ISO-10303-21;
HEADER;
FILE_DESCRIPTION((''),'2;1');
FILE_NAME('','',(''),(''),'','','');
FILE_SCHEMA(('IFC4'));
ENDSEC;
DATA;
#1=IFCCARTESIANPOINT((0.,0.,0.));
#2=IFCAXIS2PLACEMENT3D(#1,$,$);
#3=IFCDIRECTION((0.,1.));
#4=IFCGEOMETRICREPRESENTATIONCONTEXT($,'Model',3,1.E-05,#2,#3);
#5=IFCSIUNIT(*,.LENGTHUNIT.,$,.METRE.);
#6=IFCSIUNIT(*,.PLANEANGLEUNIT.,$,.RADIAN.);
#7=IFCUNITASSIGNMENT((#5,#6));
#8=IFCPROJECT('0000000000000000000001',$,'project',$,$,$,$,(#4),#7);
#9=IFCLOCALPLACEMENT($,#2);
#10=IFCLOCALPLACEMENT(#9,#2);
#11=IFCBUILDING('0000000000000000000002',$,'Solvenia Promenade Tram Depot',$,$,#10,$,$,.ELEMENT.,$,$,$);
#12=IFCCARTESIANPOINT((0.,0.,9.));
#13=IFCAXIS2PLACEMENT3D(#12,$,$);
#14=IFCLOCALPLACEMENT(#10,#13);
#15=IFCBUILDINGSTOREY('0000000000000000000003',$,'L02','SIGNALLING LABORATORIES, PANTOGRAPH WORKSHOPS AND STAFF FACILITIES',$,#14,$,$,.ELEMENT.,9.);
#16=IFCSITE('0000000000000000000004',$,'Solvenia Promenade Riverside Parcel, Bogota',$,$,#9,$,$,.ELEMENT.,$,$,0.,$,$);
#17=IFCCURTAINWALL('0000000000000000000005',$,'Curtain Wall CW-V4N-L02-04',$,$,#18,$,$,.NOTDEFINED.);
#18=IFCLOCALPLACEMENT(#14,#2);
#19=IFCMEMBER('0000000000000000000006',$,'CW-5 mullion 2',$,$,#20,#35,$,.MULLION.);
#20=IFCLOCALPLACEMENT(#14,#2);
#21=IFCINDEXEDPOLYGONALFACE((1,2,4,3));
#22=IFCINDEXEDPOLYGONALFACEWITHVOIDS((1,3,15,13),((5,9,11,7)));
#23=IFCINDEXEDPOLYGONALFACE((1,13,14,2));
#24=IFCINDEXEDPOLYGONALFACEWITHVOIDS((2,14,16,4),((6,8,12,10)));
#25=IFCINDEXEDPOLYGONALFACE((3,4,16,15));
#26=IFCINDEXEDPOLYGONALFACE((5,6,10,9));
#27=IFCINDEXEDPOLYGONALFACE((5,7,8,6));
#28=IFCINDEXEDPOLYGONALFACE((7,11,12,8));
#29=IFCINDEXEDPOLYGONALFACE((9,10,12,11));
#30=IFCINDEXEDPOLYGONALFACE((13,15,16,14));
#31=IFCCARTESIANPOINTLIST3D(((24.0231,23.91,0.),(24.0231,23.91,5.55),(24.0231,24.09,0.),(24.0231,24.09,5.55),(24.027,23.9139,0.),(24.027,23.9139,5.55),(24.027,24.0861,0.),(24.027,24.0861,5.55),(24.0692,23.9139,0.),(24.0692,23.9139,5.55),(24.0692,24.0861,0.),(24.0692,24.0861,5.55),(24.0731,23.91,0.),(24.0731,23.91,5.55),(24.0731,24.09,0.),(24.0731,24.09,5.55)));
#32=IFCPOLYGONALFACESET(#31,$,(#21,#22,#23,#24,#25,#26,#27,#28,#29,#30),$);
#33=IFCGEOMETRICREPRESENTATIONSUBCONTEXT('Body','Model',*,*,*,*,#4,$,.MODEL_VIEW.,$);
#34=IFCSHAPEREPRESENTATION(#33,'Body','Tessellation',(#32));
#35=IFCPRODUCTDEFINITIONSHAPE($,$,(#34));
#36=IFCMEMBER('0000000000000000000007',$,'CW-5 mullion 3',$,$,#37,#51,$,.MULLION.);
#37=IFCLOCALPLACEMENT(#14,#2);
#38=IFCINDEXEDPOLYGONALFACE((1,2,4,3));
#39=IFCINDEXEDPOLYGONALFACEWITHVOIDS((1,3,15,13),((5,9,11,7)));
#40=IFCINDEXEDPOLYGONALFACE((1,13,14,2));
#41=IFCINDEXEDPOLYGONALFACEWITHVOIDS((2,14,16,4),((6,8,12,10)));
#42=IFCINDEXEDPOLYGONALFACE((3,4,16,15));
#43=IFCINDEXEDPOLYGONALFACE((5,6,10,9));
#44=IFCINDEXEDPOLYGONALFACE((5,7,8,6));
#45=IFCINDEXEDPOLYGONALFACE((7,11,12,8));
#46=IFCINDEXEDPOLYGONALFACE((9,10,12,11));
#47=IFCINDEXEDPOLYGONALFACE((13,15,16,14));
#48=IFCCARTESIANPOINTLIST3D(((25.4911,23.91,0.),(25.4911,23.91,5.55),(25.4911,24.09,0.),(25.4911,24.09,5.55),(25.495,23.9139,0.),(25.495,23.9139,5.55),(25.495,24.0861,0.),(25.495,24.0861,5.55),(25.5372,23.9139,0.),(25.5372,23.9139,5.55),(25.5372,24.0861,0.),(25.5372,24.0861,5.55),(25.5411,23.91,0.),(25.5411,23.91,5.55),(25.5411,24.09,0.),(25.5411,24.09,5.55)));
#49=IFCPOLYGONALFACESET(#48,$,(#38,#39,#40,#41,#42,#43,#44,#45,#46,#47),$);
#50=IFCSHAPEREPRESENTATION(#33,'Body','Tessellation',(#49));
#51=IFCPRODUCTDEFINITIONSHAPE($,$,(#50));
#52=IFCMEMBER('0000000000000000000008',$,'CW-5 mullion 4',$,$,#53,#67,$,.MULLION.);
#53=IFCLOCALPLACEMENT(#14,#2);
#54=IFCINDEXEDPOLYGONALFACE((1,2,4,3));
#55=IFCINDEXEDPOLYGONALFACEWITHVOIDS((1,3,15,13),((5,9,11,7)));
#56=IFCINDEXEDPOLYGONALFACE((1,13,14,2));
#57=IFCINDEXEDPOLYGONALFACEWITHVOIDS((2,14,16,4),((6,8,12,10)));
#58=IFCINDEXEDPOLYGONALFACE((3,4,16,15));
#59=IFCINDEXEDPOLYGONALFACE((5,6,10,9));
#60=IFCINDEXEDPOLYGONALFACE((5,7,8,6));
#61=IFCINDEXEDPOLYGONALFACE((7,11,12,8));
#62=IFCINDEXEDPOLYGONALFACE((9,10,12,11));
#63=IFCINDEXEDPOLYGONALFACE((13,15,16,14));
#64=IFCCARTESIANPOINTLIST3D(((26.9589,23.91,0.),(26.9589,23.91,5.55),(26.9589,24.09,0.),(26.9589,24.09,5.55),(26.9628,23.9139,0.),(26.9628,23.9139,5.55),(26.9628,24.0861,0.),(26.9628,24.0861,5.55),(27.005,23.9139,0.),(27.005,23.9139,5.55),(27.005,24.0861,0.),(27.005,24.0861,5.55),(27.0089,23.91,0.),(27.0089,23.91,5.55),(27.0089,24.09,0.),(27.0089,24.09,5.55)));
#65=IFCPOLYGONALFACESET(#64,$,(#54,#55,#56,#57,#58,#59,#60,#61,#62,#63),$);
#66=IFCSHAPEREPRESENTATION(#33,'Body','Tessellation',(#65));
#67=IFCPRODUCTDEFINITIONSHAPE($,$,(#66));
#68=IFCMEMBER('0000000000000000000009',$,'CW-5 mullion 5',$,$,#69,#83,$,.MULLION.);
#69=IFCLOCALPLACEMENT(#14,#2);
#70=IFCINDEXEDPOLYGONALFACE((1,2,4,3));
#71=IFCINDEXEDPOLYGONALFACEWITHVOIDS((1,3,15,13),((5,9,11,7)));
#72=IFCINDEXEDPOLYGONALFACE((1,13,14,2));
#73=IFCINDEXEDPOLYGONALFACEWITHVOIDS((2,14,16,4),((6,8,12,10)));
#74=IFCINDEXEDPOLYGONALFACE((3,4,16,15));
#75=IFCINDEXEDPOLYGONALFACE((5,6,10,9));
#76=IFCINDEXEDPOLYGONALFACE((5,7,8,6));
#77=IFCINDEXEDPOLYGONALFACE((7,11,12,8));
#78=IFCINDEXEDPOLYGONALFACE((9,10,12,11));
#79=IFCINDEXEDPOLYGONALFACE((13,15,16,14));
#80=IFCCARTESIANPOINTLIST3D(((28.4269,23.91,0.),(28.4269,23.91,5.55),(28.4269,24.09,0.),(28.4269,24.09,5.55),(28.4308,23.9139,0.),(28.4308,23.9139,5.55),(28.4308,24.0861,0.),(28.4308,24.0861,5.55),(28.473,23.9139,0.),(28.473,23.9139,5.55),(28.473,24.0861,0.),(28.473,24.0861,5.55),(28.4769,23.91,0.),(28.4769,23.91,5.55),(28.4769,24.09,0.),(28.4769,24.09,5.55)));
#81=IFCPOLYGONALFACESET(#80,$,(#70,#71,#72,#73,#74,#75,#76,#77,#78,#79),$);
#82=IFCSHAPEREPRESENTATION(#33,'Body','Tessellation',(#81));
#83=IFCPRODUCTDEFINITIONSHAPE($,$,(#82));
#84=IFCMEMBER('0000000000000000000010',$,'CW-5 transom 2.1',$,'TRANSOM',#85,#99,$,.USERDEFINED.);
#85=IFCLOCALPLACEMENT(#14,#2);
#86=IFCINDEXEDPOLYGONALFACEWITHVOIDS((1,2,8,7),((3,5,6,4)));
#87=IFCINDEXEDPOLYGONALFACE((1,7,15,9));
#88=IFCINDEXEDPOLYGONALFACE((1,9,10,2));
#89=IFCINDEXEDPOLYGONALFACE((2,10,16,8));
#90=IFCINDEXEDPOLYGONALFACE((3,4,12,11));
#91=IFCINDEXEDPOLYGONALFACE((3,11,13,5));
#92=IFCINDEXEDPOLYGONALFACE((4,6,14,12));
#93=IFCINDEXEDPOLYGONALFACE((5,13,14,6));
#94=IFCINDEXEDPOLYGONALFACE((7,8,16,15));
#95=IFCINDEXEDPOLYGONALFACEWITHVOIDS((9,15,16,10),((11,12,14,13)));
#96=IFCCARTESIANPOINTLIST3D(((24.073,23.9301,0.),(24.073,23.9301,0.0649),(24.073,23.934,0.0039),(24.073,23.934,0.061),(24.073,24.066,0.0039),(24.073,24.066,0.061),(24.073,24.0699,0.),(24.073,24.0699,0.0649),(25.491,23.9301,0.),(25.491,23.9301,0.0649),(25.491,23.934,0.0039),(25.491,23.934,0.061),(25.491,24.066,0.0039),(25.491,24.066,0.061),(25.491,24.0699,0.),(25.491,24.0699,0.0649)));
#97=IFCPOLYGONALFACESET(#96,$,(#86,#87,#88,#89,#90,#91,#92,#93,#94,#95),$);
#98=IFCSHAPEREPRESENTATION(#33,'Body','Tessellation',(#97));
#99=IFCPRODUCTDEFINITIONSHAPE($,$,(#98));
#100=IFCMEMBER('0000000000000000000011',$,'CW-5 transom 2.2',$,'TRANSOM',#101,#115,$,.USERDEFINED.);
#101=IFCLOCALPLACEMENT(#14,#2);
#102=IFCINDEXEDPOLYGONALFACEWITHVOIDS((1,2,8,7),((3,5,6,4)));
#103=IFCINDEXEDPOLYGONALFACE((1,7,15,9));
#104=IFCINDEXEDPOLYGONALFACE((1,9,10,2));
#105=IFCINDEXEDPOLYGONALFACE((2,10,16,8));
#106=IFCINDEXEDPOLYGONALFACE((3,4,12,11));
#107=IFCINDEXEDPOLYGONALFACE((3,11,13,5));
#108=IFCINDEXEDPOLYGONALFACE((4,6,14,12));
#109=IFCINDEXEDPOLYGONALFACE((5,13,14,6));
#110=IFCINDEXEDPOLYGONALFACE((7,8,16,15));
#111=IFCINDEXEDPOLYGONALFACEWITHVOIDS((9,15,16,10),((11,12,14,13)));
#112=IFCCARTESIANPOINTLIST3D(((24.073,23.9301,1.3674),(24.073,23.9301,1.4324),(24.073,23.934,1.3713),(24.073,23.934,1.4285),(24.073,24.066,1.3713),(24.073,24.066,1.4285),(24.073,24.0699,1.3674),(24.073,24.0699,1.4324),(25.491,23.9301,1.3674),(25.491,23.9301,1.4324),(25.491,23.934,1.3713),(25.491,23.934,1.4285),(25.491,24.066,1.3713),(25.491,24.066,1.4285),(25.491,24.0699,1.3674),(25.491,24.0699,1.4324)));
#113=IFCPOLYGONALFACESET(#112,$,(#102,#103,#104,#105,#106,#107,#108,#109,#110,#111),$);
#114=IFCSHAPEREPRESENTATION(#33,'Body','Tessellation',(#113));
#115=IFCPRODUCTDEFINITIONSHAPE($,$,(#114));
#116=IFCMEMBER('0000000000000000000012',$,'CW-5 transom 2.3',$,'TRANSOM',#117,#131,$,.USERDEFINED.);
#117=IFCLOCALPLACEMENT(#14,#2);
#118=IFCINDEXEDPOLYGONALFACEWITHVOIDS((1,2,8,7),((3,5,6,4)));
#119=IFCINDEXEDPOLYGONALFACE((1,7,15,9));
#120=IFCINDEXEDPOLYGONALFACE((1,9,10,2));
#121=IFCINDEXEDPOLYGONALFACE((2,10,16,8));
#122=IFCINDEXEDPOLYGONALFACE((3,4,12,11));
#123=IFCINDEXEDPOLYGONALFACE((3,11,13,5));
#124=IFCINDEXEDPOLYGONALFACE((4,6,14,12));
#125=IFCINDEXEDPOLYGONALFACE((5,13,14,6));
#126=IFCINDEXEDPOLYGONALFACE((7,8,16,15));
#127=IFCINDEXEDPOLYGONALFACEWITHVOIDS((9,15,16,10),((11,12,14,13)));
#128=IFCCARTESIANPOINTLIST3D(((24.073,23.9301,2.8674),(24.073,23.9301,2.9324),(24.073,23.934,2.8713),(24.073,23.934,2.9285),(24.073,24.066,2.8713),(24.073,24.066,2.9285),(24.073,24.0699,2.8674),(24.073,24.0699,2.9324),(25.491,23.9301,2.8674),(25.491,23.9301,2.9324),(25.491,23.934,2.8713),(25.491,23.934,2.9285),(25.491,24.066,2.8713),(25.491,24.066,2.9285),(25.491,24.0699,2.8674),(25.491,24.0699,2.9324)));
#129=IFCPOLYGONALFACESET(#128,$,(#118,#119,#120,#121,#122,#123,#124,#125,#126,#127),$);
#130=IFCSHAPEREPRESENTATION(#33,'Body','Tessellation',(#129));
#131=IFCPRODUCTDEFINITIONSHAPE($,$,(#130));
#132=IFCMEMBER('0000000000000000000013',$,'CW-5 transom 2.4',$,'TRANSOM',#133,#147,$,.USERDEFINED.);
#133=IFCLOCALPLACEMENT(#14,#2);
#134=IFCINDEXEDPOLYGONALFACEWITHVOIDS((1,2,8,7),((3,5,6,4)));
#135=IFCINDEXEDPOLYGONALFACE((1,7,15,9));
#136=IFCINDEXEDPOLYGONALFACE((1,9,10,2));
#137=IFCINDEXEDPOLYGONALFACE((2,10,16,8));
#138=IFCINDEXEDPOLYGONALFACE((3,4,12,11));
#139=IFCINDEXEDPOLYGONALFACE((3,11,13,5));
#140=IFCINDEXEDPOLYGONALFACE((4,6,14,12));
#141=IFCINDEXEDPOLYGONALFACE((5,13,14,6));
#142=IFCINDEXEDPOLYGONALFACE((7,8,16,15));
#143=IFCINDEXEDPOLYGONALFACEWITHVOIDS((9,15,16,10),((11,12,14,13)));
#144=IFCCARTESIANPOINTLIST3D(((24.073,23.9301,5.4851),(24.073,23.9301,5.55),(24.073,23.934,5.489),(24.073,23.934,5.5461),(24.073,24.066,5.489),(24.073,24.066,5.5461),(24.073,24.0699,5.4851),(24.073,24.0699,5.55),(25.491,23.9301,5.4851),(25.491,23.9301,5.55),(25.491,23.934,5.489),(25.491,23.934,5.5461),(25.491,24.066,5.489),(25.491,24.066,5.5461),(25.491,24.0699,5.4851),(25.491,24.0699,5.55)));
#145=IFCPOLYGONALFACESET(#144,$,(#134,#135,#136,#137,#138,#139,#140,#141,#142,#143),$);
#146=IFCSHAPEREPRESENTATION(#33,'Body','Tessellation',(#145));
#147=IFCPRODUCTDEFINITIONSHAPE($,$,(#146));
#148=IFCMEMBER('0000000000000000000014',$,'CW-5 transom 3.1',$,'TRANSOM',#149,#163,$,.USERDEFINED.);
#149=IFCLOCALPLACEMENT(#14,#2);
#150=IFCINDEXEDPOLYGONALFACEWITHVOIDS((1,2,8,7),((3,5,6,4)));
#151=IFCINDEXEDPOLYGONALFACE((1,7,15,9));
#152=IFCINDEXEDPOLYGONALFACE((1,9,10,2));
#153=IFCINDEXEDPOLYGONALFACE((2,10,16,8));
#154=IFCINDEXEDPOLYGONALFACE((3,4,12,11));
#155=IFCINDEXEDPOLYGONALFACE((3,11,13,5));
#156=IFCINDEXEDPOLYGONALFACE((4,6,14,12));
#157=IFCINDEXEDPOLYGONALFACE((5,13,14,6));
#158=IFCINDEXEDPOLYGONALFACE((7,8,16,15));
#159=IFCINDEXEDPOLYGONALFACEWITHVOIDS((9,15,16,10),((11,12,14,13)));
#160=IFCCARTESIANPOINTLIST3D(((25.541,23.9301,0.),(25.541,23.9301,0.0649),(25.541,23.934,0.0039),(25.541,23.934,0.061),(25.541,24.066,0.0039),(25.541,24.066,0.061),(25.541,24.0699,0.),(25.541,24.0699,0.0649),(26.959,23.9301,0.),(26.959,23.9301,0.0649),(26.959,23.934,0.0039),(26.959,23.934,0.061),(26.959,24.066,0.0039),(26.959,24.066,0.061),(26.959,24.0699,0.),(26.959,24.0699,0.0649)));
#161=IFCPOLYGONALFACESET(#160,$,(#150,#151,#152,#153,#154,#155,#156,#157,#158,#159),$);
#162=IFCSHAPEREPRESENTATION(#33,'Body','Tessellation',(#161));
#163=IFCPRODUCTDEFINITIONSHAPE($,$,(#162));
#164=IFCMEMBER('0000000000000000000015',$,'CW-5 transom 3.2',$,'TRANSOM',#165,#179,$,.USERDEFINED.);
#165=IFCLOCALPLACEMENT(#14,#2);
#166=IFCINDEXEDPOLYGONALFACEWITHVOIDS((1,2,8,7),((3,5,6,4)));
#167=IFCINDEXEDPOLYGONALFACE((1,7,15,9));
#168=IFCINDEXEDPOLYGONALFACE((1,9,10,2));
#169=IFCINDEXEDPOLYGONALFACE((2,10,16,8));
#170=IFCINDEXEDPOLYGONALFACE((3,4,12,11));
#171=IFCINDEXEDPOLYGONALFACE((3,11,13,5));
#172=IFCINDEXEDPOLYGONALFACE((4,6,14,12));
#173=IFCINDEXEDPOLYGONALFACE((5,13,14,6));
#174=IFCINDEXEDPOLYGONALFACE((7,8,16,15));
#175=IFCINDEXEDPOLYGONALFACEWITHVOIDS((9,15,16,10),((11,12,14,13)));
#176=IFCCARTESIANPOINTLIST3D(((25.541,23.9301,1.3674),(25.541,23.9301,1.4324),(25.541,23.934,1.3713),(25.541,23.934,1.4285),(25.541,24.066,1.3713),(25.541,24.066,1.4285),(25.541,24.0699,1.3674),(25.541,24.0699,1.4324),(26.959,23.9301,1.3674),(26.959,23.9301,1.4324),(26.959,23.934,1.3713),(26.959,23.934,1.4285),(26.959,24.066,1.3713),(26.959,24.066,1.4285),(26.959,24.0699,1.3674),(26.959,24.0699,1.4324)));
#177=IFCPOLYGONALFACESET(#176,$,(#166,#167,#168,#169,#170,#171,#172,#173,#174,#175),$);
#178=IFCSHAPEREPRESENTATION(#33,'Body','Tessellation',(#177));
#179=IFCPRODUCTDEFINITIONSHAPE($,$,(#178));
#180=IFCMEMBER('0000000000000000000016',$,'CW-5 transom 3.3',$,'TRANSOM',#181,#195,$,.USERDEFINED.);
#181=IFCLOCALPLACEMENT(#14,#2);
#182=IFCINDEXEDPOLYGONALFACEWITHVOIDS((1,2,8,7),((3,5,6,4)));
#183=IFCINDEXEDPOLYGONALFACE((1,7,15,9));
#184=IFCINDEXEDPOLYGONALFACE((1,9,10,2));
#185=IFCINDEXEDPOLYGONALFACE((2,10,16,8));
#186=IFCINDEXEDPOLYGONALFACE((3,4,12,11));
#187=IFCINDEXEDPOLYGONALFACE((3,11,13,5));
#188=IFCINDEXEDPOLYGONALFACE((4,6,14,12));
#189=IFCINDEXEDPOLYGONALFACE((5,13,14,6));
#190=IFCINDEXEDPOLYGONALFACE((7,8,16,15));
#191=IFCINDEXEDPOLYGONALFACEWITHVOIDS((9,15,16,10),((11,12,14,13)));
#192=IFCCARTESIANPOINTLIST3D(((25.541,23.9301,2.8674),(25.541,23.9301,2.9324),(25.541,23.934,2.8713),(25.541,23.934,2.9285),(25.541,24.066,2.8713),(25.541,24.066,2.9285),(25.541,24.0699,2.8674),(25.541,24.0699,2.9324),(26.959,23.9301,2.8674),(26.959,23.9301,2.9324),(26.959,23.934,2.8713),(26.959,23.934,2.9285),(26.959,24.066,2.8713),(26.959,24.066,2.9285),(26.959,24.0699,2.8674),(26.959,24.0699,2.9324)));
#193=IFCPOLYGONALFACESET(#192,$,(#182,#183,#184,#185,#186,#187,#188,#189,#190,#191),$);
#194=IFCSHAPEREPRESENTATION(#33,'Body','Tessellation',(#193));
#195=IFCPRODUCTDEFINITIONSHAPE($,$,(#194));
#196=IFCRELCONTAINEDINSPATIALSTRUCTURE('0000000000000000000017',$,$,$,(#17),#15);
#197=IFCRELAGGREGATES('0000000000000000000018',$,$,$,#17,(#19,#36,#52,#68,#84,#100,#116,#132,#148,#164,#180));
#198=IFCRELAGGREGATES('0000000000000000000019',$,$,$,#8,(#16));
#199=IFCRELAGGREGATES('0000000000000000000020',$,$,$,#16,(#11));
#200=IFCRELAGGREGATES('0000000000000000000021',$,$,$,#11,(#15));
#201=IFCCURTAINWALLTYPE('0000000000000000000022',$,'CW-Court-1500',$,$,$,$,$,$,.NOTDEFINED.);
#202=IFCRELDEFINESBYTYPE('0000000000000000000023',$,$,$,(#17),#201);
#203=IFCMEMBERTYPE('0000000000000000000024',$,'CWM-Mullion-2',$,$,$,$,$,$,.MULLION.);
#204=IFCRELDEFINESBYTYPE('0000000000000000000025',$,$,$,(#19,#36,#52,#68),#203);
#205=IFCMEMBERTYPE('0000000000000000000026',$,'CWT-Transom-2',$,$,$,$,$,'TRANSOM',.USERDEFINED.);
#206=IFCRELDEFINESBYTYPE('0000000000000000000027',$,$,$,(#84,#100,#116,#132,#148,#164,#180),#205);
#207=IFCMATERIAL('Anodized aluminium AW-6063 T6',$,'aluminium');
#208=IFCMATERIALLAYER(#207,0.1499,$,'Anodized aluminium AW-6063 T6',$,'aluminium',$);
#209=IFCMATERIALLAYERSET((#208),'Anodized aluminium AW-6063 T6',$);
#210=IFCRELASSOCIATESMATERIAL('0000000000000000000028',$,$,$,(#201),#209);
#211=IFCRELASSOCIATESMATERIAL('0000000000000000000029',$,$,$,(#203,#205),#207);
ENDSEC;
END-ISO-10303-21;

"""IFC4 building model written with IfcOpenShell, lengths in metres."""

from ifc_helpers import new_model, si_unit, direction, frame, origin, origin_2d, place, context, subcontext, project, spatial, hollow_rectangle, extrude, material, layer, layer_set, material_profile, profile_set, type_object, element, aggregate, save


model = new_model("IFC4")

# Units and contexts
model_context = context("Model", 3, precision=1e-05, world=origin(), true_north=direction((0.0, 1.0)))
body_context = subcontext(model_context, "Body", "Model", "MODEL_VIEW")
ifc_project = project(units=[si_unit("LENGTHUNIT", "METRE"), si_unit("PLANEANGLEUNIT", "RADIAN")], contexts=[model_context])

# Site, building, storey
site_placement = place(None, origin())
site = spatial("IfcSite", under=ifc_project, at=site_placement, Name="Solvenia Promenade Riverside Parcel, Bogota", CompositionType="ELEMENT", RefElevation=0.0)
building_placement = place(site_placement, origin())
building = spatial("IfcBuilding", under=site, at=building_placement, Name="Solvenia Promenade Tram Depot", CompositionType="ELEMENT")
storey_placement = place(building_placement, frame((0.0, 0.0, 9.0)))
storey = spatial("IfcBuildingStorey", under=building, at=storey_placement, Name="L02", Description="SIGNALLING LABORATORIES, PANTOGRAPH WORKSHOPS AND STAFF FACILITIES", CompositionType="ELEMENT", Elevation=9.0)

# Curtain wall, members
ifc_material_1 = material(Name="Anodized aluminium AW-6063 T6", Category="aluminium")
ifc_layer_1 = layer(ifc_material_1, 0.1499, Name="Anodized aluminium AW-6063 T6", Category="aluminium")
ifc_layer_set_1 = layer_set([ifc_layer_1], Name="Anodized aluminium AW-6063 T6")
curtain_wall_type = type_object("IfcCurtainWallType", Name="CW-Court-1500", PredefinedType="NOTDEFINED", material=ifc_layer_set_1)
curtain_wall_placement = place(storey_placement, origin())
curtain_wall = element("IfcCurtainWall", 1, at=curtain_wall_placement, inside=storey, type_object=curtain_wall_type, Name="Curtain Wall CW-V4N-L02-04", PredefinedType="NOTDEFINED")
ifc_material_profile_1 = material_profile(ifc_material_1, hollow_rectangle(XDim=0.1799, YDim=0.05, WallThickness=0.0039, at=origin_2d()), Name="ALU-M2", Category="aluminium")
ifc_profile_set_1 = profile_set([ifc_material_profile_1], Name="Anodized aluminium AW-6063 T6")
member_type_1 = type_object("IfcMemberType", Name="CWM-Mullion-2", PredefinedType="MULLION", material=ifc_profile_set_1)
member_1_placement = place(storey_placement, frame((24.0481, 24.0, 0.0), z_axis=(0.0, 0.0, 1.0), x_axis=(0.0, 1.0, 0.0)))
member_1 = element("IfcMember", 2, at=member_1_placement, type_object=member_type_1, Name="CW-5 mullion 2", PredefinedType="MULLION", context=body_context, shape_type="SweptSolid", body=[
    extrude(hollow_rectangle(XDim=0.1799, YDim=0.05, WallThickness=0.0039, at=origin_2d()), origin(), (0.0, 0.0, 1.0), 5.55),
])
member_2_placement = place(storey_placement, frame((25.5161, 24.0, 0.0), z_axis=(0.0, 0.0, 1.0), x_axis=(0.0, 1.0, 0.0)))
member_2 = element("IfcMember", 3, at=member_2_placement, type_object=member_type_1, Name="CW-5 mullion 3", PredefinedType="MULLION", context=body_context, shape_type="SweptSolid", body=[
    extrude(hollow_rectangle(XDim=0.1799, YDim=0.05, WallThickness=0.0039, at=origin_2d()), origin(), (0.0, 0.0, 1.0), 5.55),
])
member_3_placement = place(storey_placement, frame((26.9839, 24.0, 0.0), z_axis=(0.0, 0.0, 1.0), x_axis=(0.0, 1.0, 0.0)))
member_3 = element("IfcMember", 4, at=member_3_placement, type_object=member_type_1, Name="CW-5 mullion 4", PredefinedType="MULLION", context=body_context, shape_type="SweptSolid", body=[
    extrude(hollow_rectangle(XDim=0.1799, YDim=0.05, WallThickness=0.0039, at=origin_2d()), origin(), (0.0, 0.0, 1.0), 5.55),
])
member_4_placement = place(storey_placement, frame((28.4519, 24.0, 0.0), z_axis=(0.0, 0.0, 1.0), x_axis=(0.0, 1.0, 0.0)))
member_4 = element("IfcMember", 5, at=member_4_placement, type_object=member_type_1, Name="CW-5 mullion 5", PredefinedType="MULLION", context=body_context, shape_type="SweptSolid", body=[
    extrude(hollow_rectangle(XDim=0.1799, YDim=0.05, WallThickness=0.0039, at=origin_2d()), origin(), (0.0, 0.0, 1.0), 5.55),
])
ifc_material_profile_2 = material_profile(ifc_material_1, hollow_rectangle(XDim=0.1399, YDim=0.0649, WallThickness=0.0039, at=origin_2d()), Name="ALU-T2", Category="aluminium")
ifc_profile_set_2 = profile_set([ifc_material_profile_2], Name="Anodized aluminium AW-6063 T6")
member_type_2 = type_object("IfcMemberType", Name="CWT-Transom-2", ElementType="TRANSOM", PredefinedType="USERDEFINED", material=ifc_profile_set_2)
member_5_placement = place(storey_placement, frame((24.073, 24.0, 0.0325), z_axis=(1.0, 0.0, 0.0), x_axis=(0.0, 1.0, 0.0)))
member_5 = element("IfcMember", 6, at=member_5_placement, type_object=member_type_2, Name="CW-5 transom 2.1", ObjectType="TRANSOM", PredefinedType="USERDEFINED", context=body_context, shape_type="SweptSolid", body=[
    extrude(hollow_rectangle(XDim=0.1399, YDim=0.0649, WallThickness=0.0039, at=origin_2d()), origin(), (0.0, 0.0, 1.0), 1.418),
])
member_6_placement = place(storey_placement, frame((24.073, 24.0, 1.3999), z_axis=(1.0, 0.0, 0.0), x_axis=(0.0, 1.0, 0.0)))
member_6 = element("IfcMember", 7, at=member_6_placement, type_object=member_type_2, Name="CW-5 transom 2.2", ObjectType="TRANSOM", PredefinedType="USERDEFINED", context=body_context, shape_type="SweptSolid", body=[
    extrude(hollow_rectangle(XDim=0.1399, YDim=0.0649, WallThickness=0.0039, at=origin_2d()), origin(), (0.0, 0.0, 1.0), 1.418),
])
member_7_placement = place(storey_placement, frame((24.073, 24.0, 2.8999), z_axis=(1.0, 0.0, 0.0), x_axis=(0.0, 1.0, 0.0)))
member_7 = element("IfcMember", 8, at=member_7_placement, type_object=member_type_2, Name="CW-5 transom 2.3", ObjectType="TRANSOM", PredefinedType="USERDEFINED", context=body_context, shape_type="SweptSolid", body=[
    extrude(hollow_rectangle(XDim=0.1399, YDim=0.0649, WallThickness=0.0039, at=origin_2d()), origin(), (0.0, 0.0, 1.0), 1.418),
])
member_8_placement = place(storey_placement, frame((24.073, 24.0, 5.5176), z_axis=(1.0, 0.0, 0.0), x_axis=(0.0, 1.0, 0.0)))
member_8 = element("IfcMember", 9, at=member_8_placement, type_object=member_type_2, Name="CW-5 transom 2.4", ObjectType="TRANSOM", PredefinedType="USERDEFINED", context=body_context, shape_type="SweptSolid", body=[
    extrude(hollow_rectangle(XDim=0.1399, YDim=0.0649, WallThickness=0.0039, at=origin_2d()), origin(), (0.0, 0.0, 1.0), 1.418),
])
member_9_placement = place(storey_placement, frame((25.541, 24.0, 0.0325), z_axis=(1.0, 0.0, 0.0), x_axis=(0.0, 1.0, 0.0)))
member_9 = element("IfcMember", 10, at=member_9_placement, type_object=member_type_2, Name="CW-5 transom 3.1", ObjectType="TRANSOM", PredefinedType="USERDEFINED", context=body_context, shape_type="SweptSolid", body=[
    extrude(hollow_rectangle(XDim=0.1399, YDim=0.0649, WallThickness=0.0039, at=origin_2d()), origin(), (0.0, 0.0, 1.0), 1.418),
])
member_10_placement = place(storey_placement, frame((25.541, 24.0, 1.3999), z_axis=(1.0, 0.0, 0.0), x_axis=(0.0, 1.0, 0.0)))
member_10 = element("IfcMember", 11, at=member_10_placement, type_object=member_type_2, Name="CW-5 transom 3.2", ObjectType="TRANSOM", PredefinedType="USERDEFINED", context=body_context, shape_type="SweptSolid", body=[
    extrude(hollow_rectangle(XDim=0.1399, YDim=0.0649, WallThickness=0.0039, at=origin_2d()), origin(), (0.0, 0.0, 1.0), 1.418),
])
member_11_placement = place(storey_placement, frame((25.541, 24.0, 2.8999), z_axis=(1.0, 0.0, 0.0), x_axis=(0.0, 1.0, 0.0)))
member_11 = element("IfcMember", 12, at=member_11_placement, type_object=member_type_2, Name="CW-5 transom 3.3", ObjectType="TRANSOM", PredefinedType="USERDEFINED", context=body_context, shape_type="SweptSolid", body=[
    extrude(hollow_rectangle(XDim=0.1399, YDim=0.0649, WallThickness=0.0039, at=origin_2d()), origin(), (0.0, 0.0, 1.0), 1.418),
])
aggregate(curtain_wall, [member_1, member_2, member_3, member_4, member_5, member_6, member_7, member_8, member_9, member_10, member_11])

save(model, "model.ifc")
